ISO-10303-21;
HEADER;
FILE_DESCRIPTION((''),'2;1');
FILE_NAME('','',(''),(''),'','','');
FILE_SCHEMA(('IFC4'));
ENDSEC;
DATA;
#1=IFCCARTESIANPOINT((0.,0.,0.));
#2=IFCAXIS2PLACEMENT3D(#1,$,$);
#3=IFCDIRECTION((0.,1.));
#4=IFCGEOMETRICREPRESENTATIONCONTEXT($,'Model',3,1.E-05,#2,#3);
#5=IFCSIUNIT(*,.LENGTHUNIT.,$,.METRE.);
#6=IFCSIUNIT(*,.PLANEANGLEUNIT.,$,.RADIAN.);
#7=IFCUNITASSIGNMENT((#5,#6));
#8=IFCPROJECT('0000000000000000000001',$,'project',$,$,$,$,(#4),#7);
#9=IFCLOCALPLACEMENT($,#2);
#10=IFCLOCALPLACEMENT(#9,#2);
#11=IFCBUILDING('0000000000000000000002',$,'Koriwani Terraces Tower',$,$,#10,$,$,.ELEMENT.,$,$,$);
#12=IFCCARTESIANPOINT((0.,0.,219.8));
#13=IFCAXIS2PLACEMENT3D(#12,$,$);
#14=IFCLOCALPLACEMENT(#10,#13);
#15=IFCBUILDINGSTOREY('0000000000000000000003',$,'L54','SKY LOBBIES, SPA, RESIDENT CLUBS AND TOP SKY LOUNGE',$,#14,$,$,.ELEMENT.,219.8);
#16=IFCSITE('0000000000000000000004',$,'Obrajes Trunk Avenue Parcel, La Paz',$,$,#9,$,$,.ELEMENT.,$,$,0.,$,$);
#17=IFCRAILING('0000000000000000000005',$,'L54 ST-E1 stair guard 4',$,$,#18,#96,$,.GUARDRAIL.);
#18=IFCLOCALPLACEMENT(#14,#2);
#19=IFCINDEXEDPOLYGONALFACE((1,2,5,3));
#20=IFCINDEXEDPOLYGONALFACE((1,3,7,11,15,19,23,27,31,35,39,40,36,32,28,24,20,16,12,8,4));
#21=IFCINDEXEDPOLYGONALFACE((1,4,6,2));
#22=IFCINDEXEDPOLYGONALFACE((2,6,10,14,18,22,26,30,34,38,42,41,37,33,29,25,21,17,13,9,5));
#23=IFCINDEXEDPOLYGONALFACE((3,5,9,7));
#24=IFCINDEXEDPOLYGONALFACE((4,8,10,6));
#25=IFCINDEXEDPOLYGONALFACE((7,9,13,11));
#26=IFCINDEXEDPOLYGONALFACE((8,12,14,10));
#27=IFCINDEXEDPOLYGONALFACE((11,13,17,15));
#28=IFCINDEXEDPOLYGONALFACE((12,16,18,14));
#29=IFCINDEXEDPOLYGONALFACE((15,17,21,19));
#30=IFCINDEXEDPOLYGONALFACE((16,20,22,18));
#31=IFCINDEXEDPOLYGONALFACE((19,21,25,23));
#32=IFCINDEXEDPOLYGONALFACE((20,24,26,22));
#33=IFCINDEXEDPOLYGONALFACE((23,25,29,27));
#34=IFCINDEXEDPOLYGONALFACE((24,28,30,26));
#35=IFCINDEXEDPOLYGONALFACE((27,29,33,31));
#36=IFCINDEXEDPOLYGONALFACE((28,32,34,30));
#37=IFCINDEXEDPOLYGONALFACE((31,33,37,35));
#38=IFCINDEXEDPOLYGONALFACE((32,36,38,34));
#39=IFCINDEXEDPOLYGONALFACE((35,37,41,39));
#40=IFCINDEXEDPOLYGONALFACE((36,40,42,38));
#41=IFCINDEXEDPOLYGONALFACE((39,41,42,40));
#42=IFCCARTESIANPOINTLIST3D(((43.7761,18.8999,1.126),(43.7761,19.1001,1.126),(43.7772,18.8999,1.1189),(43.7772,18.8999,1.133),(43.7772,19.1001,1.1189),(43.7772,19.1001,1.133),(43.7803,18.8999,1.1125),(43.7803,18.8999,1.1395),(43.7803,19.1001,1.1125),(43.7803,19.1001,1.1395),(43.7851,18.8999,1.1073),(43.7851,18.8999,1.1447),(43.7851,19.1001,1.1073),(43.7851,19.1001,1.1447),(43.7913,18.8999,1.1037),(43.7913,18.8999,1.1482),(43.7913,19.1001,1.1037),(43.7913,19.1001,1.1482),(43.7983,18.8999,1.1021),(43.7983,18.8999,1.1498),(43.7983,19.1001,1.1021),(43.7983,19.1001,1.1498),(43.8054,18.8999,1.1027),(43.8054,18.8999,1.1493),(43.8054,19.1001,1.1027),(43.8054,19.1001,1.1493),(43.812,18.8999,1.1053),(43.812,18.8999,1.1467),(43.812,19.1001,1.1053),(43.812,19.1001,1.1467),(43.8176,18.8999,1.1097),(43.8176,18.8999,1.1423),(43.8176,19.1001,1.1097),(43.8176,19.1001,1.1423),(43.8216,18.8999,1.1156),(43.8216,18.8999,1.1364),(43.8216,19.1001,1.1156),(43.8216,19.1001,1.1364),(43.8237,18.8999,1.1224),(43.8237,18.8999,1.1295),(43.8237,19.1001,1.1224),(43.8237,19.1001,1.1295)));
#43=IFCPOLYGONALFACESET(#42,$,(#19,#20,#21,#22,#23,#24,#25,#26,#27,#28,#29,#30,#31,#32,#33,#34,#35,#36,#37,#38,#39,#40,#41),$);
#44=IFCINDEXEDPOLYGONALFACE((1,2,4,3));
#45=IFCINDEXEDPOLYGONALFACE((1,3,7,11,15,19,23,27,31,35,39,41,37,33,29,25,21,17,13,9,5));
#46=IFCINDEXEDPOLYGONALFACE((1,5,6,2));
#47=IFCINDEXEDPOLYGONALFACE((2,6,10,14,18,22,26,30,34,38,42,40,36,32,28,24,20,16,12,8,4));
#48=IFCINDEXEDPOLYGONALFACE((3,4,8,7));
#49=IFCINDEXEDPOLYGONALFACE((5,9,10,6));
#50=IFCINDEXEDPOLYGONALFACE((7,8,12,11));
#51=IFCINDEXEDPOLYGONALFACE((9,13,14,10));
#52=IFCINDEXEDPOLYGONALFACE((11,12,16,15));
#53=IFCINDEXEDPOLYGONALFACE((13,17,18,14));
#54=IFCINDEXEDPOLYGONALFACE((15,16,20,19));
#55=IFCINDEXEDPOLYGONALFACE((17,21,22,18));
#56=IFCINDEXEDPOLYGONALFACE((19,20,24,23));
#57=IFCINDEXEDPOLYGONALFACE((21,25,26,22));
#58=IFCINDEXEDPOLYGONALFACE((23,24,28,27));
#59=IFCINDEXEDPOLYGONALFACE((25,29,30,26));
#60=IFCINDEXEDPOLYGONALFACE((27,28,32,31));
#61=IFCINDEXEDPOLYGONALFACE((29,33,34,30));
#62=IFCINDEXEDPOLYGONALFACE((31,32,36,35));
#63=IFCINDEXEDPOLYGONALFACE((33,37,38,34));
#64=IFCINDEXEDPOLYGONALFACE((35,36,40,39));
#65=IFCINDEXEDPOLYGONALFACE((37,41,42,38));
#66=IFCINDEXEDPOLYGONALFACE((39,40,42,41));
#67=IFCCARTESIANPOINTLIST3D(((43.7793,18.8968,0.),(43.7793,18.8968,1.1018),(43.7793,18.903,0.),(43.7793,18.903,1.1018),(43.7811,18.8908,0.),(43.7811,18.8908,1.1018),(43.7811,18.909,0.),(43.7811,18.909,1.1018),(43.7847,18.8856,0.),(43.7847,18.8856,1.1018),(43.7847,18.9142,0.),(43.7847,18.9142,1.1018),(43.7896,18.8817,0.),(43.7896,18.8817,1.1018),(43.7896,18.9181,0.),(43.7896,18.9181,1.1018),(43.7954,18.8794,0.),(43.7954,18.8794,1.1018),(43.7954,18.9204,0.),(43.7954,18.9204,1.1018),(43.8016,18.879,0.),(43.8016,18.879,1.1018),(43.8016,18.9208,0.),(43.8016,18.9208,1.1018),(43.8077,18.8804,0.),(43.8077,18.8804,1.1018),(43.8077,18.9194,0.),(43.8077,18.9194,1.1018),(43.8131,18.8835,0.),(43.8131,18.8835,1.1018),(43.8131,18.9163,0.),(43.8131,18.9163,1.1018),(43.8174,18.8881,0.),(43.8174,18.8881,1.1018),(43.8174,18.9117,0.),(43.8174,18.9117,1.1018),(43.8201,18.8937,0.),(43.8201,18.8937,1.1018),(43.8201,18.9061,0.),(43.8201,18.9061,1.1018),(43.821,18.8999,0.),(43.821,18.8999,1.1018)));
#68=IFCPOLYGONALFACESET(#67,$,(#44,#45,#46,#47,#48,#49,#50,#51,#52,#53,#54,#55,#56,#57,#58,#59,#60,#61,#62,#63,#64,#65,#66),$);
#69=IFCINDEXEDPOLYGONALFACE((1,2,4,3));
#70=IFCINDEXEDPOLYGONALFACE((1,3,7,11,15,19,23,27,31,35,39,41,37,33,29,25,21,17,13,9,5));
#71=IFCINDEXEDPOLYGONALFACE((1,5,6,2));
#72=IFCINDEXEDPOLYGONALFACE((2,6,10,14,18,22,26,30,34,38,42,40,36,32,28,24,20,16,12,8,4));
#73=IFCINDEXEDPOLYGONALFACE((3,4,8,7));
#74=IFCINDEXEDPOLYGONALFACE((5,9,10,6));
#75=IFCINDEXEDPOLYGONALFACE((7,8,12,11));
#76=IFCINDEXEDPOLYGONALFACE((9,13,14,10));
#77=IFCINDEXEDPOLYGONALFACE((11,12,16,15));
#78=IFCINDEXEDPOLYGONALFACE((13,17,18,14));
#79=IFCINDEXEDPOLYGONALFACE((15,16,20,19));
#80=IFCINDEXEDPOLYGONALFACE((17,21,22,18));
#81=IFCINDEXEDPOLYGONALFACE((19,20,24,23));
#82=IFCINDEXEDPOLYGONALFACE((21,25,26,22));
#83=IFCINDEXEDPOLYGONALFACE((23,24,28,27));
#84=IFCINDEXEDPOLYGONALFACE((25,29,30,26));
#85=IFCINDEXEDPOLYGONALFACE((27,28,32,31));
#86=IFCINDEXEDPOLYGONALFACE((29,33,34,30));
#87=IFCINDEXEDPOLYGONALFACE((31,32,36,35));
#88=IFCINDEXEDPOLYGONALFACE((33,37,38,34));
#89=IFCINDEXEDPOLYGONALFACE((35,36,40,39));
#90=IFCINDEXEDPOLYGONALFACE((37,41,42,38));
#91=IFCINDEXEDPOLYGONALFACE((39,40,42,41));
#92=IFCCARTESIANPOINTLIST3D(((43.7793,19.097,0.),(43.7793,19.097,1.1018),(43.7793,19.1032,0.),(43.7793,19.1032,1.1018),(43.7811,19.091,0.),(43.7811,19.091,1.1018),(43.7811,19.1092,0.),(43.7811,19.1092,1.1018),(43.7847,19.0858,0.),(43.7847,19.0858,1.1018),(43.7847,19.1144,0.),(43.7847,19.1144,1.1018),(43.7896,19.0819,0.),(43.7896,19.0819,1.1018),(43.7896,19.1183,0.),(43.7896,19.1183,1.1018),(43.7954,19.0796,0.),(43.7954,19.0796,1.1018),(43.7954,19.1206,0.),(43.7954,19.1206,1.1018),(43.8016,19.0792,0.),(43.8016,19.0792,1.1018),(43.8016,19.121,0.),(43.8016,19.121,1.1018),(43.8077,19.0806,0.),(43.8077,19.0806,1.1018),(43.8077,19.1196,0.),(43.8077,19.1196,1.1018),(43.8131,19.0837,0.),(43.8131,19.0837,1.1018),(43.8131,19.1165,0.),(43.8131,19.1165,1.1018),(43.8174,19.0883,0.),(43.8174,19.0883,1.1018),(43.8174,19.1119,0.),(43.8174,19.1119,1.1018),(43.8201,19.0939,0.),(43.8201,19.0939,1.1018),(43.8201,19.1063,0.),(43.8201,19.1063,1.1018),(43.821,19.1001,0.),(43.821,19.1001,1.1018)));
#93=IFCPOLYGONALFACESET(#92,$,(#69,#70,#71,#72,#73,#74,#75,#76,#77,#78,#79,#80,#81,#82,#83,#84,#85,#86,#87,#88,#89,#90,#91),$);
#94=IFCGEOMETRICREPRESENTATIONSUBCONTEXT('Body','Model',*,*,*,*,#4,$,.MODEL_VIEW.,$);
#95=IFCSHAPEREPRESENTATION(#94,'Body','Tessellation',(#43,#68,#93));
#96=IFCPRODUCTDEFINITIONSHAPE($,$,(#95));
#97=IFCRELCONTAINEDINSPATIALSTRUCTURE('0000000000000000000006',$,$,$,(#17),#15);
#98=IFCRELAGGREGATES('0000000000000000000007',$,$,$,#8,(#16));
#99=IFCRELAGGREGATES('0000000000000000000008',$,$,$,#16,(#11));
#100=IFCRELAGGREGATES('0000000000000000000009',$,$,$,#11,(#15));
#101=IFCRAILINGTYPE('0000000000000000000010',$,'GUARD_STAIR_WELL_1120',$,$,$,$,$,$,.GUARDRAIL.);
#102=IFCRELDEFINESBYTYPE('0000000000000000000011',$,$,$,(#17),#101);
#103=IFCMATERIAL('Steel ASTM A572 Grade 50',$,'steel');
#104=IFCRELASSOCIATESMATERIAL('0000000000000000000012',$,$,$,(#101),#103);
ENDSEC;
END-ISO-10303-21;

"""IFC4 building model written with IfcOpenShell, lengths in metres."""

from ifc_helpers import new_model, si_unit, direction, frame, origin, origin_2d, place, context, subcontext, project, spatial, circle, extrude, material, type_object, element, save


model = new_model("IFC4")

# Units and contexts
model_context = context("Model", 3, precision=1e-05, world=origin(), true_north=direction((0.0, 1.0)))
body_context = subcontext(model_context, "Body", "Model", "MODEL_VIEW")
ifc_project = project(units=[si_unit("LENGTHUNIT", "METRE"), si_unit("PLANEANGLEUNIT", "RADIAN")], contexts=[model_context])

# Site, building, storey
site_placement = place(None, origin())
site = spatial("IfcSite", under=ifc_project, at=site_placement, Name="Obrajes Trunk Avenue Parcel, La Paz", CompositionType="ELEMENT", RefElevation=0.0)
building_placement = place(site_placement, origin())
building = spatial("IfcBuilding", under=site, at=building_placement, Name="Koriwani Terraces Tower", CompositionType="ELEMENT")
storey_placement = place(building_placement, frame((0.0, 0.0, 219.8)))
storey = spatial("IfcBuildingStorey", under=building, at=storey_placement, Name="L54", Description="SKY LOBBIES, SPA, RESIDENT CLUBS AND TOP SKY LOUNGE", CompositionType="ELEMENT", Elevation=219.8)

# Shared definitions
ifc_material_1 = material(Name="Steel ASTM A572 Grade 50", Category="steel")

# Railing
railing_type_1 = type_object("IfcRailingType", Name="GUARD_STAIR_WELL_1120", PredefinedType="GUARDRAIL", material=ifc_material_1)
railing_1_placement = place(storey_placement, frame((43.8, 18.8999, 0.0)))
element("IfcRailing", 1, at=railing_1_placement, inside=storey, type_object=railing_type_1, Name="L54 ST-E1 stair guard 4", PredefinedType="GUARDRAIL", context=body_context, shape_type="SweptSolid", body=[
    extrude(circle(Radius=0.0239, at=origin_2d()), frame((0.0, 0.0, 1.126), z_axis=(0.0, 1.0, 0.0), x_axis=(-1.0, 0.0, 0.0)), (0.0, 0.0, 1.0), 0.2002),
    extrude(circle(Radius=0.021, at=origin_2d()), origin(), (0.0, 0.0, 1.0), 1.1018),
    extrude(circle(Radius=0.021, at=origin_2d()), frame((0.0, 0.2002, 0.0)), (0.0, 0.0, 1.0), 1.1018),
])

save(model, "model.ifc")
